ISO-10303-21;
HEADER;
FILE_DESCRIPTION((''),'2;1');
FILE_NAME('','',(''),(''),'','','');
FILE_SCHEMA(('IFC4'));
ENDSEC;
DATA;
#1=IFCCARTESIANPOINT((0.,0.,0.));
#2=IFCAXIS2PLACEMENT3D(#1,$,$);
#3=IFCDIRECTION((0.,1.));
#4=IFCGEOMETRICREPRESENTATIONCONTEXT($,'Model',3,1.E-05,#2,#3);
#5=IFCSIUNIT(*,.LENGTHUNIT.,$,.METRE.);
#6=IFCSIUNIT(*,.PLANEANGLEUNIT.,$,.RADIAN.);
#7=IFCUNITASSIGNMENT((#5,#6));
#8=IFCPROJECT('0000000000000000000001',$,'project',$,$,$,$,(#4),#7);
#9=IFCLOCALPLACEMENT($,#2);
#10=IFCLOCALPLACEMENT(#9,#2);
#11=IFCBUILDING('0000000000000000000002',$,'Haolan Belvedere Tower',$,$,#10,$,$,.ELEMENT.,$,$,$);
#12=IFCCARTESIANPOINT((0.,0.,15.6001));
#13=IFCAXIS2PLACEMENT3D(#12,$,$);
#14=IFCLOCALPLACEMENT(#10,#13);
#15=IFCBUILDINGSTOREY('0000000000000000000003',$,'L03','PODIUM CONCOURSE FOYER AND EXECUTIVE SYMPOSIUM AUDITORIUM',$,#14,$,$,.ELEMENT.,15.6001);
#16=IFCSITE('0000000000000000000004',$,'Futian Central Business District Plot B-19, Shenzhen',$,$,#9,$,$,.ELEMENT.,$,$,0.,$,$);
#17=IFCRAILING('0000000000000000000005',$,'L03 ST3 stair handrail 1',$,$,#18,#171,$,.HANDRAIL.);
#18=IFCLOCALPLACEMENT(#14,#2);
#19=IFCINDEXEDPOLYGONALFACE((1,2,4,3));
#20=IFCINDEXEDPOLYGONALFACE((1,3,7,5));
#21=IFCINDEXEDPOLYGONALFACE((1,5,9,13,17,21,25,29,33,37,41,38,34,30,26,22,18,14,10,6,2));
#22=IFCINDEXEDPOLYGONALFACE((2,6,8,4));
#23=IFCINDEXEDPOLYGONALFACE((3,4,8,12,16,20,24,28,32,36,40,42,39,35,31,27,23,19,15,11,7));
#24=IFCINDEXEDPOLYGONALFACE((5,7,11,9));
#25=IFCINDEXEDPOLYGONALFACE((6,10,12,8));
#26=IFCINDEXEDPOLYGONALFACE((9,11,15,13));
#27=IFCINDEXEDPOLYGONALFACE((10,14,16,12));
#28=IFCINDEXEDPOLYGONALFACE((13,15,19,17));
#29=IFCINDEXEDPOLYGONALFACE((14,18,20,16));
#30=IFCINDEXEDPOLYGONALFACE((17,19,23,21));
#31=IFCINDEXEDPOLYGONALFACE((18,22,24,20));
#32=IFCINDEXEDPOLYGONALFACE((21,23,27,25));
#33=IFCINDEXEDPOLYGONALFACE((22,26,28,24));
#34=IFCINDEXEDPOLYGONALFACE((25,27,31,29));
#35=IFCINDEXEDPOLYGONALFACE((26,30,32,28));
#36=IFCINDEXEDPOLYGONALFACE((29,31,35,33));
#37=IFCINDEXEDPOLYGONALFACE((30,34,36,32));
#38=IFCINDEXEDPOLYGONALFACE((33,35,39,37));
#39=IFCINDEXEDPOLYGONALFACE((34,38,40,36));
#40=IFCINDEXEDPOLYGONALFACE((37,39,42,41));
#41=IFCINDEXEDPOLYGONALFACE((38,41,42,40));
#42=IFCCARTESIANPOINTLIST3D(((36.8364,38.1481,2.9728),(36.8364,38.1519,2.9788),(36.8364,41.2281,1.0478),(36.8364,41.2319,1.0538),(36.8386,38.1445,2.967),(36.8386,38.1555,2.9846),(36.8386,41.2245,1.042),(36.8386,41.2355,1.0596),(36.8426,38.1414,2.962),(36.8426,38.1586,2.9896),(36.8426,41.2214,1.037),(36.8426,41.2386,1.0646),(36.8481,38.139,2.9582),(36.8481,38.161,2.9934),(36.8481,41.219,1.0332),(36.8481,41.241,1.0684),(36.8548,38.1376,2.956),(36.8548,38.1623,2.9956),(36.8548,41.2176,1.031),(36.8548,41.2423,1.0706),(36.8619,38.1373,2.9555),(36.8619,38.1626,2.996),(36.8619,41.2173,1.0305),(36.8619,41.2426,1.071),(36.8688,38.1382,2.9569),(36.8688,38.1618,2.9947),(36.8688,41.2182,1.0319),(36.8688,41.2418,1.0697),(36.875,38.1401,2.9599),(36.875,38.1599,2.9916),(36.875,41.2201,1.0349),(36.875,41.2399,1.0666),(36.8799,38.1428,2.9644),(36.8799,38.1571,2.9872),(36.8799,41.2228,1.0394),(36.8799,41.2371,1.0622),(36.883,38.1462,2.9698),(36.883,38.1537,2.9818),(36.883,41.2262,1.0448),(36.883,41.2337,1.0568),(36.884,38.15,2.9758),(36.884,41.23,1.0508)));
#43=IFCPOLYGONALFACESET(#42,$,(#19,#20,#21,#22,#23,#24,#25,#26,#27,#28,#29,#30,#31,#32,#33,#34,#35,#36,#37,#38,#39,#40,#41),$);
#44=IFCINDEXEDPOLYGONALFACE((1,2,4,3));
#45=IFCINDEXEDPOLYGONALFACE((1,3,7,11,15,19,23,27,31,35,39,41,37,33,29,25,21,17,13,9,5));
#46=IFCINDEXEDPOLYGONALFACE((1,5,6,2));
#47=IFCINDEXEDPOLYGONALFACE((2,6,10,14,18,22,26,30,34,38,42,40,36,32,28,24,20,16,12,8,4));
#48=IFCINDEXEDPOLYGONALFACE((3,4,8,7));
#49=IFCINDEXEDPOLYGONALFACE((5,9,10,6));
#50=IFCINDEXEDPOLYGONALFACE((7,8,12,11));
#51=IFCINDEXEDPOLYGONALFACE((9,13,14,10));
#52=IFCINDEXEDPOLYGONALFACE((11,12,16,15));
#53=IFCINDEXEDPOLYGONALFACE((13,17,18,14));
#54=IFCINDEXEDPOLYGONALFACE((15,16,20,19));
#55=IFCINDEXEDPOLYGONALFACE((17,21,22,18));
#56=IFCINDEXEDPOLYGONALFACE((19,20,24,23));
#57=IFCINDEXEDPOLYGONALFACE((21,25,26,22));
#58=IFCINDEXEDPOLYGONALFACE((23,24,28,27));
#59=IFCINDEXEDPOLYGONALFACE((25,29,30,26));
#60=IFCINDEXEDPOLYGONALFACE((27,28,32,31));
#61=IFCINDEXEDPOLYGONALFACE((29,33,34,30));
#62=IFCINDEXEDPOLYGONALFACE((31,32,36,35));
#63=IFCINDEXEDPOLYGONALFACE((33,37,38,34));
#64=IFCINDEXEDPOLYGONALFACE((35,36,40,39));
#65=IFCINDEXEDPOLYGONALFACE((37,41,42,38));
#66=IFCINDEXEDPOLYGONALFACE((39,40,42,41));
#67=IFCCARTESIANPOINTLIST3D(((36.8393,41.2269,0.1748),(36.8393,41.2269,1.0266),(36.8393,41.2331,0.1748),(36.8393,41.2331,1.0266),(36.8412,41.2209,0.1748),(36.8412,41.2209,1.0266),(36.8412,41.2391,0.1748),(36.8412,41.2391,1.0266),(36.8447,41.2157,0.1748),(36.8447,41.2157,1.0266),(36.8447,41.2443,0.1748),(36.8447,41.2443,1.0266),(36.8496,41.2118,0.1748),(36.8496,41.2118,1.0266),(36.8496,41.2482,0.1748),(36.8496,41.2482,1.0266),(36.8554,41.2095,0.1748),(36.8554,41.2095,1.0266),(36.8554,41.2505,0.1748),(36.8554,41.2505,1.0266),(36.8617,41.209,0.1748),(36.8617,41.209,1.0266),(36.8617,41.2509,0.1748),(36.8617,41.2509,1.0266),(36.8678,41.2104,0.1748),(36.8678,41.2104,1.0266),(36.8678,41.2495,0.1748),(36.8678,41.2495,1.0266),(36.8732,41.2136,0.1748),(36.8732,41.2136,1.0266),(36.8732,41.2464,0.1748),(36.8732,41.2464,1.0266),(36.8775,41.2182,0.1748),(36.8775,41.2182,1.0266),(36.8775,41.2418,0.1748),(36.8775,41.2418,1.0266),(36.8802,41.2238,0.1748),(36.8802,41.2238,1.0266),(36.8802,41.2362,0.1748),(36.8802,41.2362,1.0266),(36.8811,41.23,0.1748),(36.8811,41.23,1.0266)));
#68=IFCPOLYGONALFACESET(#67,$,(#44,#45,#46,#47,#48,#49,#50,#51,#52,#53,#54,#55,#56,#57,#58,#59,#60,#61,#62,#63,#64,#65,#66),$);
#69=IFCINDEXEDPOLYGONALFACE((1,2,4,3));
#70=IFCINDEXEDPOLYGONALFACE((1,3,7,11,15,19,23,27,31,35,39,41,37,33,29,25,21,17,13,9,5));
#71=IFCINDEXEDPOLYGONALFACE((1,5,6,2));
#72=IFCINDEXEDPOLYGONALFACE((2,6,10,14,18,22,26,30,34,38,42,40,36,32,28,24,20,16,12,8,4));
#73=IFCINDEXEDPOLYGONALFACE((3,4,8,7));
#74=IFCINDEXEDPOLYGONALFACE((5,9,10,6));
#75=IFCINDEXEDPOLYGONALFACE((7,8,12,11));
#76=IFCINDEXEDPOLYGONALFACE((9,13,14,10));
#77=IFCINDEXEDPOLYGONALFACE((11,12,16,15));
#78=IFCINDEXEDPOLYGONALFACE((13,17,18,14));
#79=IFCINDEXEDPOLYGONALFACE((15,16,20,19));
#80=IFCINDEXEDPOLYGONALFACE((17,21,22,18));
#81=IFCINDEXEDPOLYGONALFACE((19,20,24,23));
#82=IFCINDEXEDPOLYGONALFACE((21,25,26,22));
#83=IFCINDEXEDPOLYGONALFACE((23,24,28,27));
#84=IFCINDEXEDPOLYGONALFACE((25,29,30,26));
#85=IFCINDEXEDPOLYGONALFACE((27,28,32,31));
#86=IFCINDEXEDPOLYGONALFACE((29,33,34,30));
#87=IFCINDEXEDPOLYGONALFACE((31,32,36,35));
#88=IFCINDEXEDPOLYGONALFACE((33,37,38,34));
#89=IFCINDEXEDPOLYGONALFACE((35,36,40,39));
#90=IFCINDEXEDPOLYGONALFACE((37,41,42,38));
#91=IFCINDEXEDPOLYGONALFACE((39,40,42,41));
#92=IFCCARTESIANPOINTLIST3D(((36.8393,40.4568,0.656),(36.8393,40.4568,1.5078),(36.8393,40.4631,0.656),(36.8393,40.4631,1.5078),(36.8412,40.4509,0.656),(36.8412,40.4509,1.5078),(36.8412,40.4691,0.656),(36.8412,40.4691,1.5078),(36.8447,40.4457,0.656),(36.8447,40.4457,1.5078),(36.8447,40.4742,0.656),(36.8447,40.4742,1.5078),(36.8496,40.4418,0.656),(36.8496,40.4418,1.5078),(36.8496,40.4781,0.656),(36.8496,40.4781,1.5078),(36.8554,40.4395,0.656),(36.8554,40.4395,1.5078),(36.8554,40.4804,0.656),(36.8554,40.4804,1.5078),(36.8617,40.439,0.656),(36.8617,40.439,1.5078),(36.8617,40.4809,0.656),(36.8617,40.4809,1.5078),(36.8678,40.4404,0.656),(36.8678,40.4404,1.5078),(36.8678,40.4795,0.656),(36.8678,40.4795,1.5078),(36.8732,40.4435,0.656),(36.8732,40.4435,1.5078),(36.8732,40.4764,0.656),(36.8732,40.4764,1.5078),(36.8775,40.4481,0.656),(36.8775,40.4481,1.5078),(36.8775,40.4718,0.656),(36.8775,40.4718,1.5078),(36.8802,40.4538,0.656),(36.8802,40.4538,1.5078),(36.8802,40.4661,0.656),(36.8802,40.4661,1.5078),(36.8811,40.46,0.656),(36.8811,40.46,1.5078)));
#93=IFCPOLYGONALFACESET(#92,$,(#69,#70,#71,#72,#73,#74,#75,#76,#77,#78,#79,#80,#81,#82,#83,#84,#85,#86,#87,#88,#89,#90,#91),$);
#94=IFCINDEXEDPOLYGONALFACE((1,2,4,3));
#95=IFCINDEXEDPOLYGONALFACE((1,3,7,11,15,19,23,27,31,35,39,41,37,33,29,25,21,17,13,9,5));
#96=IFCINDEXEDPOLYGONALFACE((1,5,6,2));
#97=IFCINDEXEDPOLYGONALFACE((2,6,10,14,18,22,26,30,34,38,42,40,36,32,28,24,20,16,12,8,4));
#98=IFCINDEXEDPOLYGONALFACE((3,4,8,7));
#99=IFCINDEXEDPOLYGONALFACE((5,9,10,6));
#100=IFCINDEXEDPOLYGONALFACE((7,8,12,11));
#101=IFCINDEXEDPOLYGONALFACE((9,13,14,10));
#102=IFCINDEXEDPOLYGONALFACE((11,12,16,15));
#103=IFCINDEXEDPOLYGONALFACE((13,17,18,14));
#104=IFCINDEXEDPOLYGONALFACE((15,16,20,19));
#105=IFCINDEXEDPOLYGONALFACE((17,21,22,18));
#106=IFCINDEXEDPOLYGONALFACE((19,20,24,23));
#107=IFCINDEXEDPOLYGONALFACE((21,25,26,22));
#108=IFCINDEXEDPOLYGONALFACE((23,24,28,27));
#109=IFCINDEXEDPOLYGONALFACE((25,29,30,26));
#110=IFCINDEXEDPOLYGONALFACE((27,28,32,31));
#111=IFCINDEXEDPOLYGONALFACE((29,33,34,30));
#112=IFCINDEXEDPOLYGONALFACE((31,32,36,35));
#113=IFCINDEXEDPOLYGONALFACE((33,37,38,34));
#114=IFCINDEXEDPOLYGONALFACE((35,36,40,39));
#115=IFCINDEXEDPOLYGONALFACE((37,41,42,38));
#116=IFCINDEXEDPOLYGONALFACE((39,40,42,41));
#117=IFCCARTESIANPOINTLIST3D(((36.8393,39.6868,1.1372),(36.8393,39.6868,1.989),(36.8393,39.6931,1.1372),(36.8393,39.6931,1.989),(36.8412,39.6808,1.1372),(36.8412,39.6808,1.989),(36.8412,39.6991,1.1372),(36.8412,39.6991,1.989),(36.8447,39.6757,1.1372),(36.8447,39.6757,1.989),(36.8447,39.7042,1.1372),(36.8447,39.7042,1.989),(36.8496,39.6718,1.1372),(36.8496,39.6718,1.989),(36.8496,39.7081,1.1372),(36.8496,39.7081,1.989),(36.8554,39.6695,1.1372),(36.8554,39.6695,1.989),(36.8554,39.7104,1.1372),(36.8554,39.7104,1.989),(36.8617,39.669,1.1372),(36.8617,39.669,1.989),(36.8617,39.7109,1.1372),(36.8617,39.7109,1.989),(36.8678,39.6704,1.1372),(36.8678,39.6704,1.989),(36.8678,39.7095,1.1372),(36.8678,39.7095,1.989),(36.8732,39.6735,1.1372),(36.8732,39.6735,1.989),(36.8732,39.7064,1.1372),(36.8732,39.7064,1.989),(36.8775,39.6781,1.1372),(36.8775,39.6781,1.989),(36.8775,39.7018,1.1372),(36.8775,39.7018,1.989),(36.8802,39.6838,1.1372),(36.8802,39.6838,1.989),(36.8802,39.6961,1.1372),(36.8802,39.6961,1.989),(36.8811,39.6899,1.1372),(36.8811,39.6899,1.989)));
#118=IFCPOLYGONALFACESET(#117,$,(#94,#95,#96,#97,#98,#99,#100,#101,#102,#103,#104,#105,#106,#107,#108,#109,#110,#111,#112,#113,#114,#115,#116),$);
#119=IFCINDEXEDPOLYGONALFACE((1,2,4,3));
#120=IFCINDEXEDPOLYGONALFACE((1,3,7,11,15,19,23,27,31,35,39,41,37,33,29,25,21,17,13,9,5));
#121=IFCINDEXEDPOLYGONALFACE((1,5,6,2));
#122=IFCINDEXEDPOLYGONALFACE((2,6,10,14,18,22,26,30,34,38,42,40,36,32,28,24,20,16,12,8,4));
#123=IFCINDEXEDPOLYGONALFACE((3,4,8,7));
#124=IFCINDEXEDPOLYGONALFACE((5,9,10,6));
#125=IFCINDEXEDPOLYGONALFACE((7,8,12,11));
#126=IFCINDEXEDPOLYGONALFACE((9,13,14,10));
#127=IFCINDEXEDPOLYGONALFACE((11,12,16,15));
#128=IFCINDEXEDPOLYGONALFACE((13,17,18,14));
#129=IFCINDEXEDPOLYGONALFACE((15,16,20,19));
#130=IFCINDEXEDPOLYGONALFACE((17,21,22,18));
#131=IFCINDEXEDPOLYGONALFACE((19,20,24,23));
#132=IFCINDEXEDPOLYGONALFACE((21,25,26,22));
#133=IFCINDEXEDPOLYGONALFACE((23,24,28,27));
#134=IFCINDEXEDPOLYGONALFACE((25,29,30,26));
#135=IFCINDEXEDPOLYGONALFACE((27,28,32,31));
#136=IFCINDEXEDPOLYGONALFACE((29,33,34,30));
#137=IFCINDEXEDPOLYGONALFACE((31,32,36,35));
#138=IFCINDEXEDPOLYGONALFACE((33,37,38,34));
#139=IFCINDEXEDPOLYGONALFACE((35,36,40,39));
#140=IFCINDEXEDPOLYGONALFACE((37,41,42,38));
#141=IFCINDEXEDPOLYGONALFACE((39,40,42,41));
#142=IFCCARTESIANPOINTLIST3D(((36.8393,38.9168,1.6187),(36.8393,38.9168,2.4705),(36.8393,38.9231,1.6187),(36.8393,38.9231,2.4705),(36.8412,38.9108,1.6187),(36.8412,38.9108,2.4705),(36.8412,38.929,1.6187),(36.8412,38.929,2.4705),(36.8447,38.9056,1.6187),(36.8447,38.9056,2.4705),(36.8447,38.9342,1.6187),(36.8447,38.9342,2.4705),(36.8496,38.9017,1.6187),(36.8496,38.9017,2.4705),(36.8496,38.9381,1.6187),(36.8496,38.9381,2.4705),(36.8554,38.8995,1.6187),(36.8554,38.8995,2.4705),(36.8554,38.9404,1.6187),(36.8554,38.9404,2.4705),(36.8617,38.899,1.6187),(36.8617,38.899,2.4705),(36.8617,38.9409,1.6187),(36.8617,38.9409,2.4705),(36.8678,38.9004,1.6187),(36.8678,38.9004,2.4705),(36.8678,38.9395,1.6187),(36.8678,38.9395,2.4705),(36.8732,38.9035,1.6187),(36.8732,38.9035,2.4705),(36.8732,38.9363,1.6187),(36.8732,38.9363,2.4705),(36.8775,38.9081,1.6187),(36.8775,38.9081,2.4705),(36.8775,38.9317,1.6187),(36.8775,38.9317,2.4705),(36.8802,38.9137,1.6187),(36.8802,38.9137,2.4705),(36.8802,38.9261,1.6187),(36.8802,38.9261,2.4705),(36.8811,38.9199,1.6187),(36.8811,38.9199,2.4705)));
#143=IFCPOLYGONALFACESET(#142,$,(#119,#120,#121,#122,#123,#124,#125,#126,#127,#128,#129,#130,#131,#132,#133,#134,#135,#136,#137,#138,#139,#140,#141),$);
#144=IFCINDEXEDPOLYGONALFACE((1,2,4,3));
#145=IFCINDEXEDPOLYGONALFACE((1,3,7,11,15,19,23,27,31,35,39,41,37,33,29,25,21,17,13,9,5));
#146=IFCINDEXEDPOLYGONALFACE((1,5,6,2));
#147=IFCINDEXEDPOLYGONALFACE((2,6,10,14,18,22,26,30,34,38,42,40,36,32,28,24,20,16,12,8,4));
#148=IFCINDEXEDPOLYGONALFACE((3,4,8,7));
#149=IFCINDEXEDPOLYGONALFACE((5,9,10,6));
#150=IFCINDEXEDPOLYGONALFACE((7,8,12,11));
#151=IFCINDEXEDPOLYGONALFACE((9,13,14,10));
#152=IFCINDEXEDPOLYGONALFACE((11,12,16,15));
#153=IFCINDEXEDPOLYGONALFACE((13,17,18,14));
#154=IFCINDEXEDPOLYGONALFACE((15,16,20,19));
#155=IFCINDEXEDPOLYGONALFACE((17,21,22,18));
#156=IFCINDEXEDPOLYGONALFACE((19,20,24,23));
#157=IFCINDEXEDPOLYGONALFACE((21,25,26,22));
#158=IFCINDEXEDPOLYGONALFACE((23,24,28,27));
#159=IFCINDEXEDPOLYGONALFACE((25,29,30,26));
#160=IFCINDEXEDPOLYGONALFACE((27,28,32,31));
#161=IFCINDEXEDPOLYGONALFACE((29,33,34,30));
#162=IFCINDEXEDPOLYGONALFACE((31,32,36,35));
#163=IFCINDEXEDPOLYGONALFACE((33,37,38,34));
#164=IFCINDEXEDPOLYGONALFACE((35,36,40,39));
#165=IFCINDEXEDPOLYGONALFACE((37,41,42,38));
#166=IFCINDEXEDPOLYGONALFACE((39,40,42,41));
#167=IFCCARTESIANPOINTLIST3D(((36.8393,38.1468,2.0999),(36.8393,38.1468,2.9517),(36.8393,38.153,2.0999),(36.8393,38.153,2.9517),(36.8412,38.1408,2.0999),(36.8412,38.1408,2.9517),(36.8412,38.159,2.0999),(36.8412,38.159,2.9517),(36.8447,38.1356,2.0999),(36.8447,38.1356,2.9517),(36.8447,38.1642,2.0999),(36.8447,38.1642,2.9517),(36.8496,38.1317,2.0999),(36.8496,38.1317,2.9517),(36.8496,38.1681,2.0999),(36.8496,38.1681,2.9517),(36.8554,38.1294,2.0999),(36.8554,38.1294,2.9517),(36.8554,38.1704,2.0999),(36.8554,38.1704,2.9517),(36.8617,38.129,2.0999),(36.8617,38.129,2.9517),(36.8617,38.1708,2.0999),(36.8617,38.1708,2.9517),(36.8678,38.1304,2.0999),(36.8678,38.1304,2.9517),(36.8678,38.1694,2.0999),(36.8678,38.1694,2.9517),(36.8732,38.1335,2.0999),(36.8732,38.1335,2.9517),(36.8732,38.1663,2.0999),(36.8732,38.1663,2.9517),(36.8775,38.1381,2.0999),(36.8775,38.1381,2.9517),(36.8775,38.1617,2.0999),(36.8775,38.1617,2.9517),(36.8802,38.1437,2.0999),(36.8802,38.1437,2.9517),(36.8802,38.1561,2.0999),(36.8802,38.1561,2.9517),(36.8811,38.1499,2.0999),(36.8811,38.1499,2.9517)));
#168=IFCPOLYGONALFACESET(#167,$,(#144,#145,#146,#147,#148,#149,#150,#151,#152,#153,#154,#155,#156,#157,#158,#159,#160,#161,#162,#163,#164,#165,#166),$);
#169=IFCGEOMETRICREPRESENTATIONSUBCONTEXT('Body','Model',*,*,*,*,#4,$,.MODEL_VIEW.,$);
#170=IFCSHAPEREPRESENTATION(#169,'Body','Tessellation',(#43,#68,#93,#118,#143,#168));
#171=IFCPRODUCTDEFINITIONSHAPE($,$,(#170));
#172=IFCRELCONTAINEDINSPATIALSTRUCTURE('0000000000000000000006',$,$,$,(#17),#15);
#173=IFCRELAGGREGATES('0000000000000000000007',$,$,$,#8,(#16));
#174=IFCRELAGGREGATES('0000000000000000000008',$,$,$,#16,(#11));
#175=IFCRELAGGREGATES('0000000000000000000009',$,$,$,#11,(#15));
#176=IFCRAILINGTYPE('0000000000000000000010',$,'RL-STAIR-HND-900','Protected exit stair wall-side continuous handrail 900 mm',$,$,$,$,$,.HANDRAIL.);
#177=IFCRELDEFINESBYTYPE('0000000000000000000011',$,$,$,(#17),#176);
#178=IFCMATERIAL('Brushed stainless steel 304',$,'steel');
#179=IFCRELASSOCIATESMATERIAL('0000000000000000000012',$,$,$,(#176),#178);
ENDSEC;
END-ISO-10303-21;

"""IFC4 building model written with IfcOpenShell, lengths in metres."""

from ifc_helpers import new_model, si_unit, direction, frame, origin, origin_2d, place, context, subcontext, project, spatial, circle, extrude, material, type_object, element, save


model = new_model("IFC4")

# Units and contexts
model_context = context("Model", 3, precision=1e-05, world=origin(), true_north=direction((0.0, 1.0)))
body_context = subcontext(model_context, "Body", "Model", "MODEL_VIEW")
ifc_project = project(units=[si_unit("LENGTHUNIT", "METRE"), si_unit("PLANEANGLEUNIT", "RADIAN")], contexts=[model_context])

# Site, building, storey
site_placement = place(None, origin())
site = spatial("IfcSite", under=ifc_project, at=site_placement, Name="Futian Central Business District Plot B-19, Shenzhen", CompositionType="ELEMENT", RefElevation=0.0)
building_placement = place(site_placement, origin())
building = spatial("IfcBuilding", under=site, at=building_placement, Name="Haolan Belvedere Tower", CompositionType="ELEMENT")
storey_placement = place(building_placement, frame((0.0, 0.0, 15.6001)))
storey = spatial("IfcBuildingStorey", under=building, at=storey_placement, Name="L03", Description="PODIUM CONCOURSE FOYER AND EXECUTIVE SYMPOSIUM AUDITORIUM", CompositionType="ELEMENT", Elevation=15.6001)

# Railing
ifc_material_1 = material(Name="Brushed stainless steel 304", Category="steel")
railing_type_1 = type_object("IfcRailingType", Name="RL-STAIR-HND-900", Description="Protected exit stair wall-side continuous handrail 900 mm", PredefinedType="HANDRAIL", material=ifc_material_1)
railing_1_placement = place(storey_placement, frame((36.8601, 41.23, 0.1748)))
element("IfcRailing", 1, at=railing_1_placement, inside=storey, type_object=railing_type_1, Name="L03 ST3 stair handrail 1", PredefinedType="HANDRAIL", context=body_context, shape_type="SweptSolid", body=[
    extrude(circle(Radius=0.0239, at=origin_2d()), frame((0.0, 0.0, 0.876), z_axis=(0.0, -0.847998, 0.529999), x_axis=(1.0, 0.0, 0.0)), (0.0, 0.0, 1.0), 3.6321),
    extrude(circle(Radius=0.021, at=origin_2d()), origin(), (0.0, 0.0, 1.0), 0.8518),
    extrude(circle(Radius=0.021, at=origin_2d()), frame((0.0, -0.77, 0.4812)), (0.0, 0.0, 1.0), 0.8518),
    extrude(circle(Radius=0.021, at=origin_2d()), frame((0.0, -1.54, 0.9624)), (0.0, 0.0, 1.0), 0.8518),
    extrude(circle(Radius=0.021, at=origin_2d()), frame((0.0, -2.3101, 1.4438)), (0.0, 0.0, 1.0), 0.8518),
    extrude(circle(Radius=0.021, at=origin_2d()), frame((0.0, -3.0801, 1.925)), (0.0, 0.0, 1.0), 0.8518),
])

save(model, "model.ifc")
